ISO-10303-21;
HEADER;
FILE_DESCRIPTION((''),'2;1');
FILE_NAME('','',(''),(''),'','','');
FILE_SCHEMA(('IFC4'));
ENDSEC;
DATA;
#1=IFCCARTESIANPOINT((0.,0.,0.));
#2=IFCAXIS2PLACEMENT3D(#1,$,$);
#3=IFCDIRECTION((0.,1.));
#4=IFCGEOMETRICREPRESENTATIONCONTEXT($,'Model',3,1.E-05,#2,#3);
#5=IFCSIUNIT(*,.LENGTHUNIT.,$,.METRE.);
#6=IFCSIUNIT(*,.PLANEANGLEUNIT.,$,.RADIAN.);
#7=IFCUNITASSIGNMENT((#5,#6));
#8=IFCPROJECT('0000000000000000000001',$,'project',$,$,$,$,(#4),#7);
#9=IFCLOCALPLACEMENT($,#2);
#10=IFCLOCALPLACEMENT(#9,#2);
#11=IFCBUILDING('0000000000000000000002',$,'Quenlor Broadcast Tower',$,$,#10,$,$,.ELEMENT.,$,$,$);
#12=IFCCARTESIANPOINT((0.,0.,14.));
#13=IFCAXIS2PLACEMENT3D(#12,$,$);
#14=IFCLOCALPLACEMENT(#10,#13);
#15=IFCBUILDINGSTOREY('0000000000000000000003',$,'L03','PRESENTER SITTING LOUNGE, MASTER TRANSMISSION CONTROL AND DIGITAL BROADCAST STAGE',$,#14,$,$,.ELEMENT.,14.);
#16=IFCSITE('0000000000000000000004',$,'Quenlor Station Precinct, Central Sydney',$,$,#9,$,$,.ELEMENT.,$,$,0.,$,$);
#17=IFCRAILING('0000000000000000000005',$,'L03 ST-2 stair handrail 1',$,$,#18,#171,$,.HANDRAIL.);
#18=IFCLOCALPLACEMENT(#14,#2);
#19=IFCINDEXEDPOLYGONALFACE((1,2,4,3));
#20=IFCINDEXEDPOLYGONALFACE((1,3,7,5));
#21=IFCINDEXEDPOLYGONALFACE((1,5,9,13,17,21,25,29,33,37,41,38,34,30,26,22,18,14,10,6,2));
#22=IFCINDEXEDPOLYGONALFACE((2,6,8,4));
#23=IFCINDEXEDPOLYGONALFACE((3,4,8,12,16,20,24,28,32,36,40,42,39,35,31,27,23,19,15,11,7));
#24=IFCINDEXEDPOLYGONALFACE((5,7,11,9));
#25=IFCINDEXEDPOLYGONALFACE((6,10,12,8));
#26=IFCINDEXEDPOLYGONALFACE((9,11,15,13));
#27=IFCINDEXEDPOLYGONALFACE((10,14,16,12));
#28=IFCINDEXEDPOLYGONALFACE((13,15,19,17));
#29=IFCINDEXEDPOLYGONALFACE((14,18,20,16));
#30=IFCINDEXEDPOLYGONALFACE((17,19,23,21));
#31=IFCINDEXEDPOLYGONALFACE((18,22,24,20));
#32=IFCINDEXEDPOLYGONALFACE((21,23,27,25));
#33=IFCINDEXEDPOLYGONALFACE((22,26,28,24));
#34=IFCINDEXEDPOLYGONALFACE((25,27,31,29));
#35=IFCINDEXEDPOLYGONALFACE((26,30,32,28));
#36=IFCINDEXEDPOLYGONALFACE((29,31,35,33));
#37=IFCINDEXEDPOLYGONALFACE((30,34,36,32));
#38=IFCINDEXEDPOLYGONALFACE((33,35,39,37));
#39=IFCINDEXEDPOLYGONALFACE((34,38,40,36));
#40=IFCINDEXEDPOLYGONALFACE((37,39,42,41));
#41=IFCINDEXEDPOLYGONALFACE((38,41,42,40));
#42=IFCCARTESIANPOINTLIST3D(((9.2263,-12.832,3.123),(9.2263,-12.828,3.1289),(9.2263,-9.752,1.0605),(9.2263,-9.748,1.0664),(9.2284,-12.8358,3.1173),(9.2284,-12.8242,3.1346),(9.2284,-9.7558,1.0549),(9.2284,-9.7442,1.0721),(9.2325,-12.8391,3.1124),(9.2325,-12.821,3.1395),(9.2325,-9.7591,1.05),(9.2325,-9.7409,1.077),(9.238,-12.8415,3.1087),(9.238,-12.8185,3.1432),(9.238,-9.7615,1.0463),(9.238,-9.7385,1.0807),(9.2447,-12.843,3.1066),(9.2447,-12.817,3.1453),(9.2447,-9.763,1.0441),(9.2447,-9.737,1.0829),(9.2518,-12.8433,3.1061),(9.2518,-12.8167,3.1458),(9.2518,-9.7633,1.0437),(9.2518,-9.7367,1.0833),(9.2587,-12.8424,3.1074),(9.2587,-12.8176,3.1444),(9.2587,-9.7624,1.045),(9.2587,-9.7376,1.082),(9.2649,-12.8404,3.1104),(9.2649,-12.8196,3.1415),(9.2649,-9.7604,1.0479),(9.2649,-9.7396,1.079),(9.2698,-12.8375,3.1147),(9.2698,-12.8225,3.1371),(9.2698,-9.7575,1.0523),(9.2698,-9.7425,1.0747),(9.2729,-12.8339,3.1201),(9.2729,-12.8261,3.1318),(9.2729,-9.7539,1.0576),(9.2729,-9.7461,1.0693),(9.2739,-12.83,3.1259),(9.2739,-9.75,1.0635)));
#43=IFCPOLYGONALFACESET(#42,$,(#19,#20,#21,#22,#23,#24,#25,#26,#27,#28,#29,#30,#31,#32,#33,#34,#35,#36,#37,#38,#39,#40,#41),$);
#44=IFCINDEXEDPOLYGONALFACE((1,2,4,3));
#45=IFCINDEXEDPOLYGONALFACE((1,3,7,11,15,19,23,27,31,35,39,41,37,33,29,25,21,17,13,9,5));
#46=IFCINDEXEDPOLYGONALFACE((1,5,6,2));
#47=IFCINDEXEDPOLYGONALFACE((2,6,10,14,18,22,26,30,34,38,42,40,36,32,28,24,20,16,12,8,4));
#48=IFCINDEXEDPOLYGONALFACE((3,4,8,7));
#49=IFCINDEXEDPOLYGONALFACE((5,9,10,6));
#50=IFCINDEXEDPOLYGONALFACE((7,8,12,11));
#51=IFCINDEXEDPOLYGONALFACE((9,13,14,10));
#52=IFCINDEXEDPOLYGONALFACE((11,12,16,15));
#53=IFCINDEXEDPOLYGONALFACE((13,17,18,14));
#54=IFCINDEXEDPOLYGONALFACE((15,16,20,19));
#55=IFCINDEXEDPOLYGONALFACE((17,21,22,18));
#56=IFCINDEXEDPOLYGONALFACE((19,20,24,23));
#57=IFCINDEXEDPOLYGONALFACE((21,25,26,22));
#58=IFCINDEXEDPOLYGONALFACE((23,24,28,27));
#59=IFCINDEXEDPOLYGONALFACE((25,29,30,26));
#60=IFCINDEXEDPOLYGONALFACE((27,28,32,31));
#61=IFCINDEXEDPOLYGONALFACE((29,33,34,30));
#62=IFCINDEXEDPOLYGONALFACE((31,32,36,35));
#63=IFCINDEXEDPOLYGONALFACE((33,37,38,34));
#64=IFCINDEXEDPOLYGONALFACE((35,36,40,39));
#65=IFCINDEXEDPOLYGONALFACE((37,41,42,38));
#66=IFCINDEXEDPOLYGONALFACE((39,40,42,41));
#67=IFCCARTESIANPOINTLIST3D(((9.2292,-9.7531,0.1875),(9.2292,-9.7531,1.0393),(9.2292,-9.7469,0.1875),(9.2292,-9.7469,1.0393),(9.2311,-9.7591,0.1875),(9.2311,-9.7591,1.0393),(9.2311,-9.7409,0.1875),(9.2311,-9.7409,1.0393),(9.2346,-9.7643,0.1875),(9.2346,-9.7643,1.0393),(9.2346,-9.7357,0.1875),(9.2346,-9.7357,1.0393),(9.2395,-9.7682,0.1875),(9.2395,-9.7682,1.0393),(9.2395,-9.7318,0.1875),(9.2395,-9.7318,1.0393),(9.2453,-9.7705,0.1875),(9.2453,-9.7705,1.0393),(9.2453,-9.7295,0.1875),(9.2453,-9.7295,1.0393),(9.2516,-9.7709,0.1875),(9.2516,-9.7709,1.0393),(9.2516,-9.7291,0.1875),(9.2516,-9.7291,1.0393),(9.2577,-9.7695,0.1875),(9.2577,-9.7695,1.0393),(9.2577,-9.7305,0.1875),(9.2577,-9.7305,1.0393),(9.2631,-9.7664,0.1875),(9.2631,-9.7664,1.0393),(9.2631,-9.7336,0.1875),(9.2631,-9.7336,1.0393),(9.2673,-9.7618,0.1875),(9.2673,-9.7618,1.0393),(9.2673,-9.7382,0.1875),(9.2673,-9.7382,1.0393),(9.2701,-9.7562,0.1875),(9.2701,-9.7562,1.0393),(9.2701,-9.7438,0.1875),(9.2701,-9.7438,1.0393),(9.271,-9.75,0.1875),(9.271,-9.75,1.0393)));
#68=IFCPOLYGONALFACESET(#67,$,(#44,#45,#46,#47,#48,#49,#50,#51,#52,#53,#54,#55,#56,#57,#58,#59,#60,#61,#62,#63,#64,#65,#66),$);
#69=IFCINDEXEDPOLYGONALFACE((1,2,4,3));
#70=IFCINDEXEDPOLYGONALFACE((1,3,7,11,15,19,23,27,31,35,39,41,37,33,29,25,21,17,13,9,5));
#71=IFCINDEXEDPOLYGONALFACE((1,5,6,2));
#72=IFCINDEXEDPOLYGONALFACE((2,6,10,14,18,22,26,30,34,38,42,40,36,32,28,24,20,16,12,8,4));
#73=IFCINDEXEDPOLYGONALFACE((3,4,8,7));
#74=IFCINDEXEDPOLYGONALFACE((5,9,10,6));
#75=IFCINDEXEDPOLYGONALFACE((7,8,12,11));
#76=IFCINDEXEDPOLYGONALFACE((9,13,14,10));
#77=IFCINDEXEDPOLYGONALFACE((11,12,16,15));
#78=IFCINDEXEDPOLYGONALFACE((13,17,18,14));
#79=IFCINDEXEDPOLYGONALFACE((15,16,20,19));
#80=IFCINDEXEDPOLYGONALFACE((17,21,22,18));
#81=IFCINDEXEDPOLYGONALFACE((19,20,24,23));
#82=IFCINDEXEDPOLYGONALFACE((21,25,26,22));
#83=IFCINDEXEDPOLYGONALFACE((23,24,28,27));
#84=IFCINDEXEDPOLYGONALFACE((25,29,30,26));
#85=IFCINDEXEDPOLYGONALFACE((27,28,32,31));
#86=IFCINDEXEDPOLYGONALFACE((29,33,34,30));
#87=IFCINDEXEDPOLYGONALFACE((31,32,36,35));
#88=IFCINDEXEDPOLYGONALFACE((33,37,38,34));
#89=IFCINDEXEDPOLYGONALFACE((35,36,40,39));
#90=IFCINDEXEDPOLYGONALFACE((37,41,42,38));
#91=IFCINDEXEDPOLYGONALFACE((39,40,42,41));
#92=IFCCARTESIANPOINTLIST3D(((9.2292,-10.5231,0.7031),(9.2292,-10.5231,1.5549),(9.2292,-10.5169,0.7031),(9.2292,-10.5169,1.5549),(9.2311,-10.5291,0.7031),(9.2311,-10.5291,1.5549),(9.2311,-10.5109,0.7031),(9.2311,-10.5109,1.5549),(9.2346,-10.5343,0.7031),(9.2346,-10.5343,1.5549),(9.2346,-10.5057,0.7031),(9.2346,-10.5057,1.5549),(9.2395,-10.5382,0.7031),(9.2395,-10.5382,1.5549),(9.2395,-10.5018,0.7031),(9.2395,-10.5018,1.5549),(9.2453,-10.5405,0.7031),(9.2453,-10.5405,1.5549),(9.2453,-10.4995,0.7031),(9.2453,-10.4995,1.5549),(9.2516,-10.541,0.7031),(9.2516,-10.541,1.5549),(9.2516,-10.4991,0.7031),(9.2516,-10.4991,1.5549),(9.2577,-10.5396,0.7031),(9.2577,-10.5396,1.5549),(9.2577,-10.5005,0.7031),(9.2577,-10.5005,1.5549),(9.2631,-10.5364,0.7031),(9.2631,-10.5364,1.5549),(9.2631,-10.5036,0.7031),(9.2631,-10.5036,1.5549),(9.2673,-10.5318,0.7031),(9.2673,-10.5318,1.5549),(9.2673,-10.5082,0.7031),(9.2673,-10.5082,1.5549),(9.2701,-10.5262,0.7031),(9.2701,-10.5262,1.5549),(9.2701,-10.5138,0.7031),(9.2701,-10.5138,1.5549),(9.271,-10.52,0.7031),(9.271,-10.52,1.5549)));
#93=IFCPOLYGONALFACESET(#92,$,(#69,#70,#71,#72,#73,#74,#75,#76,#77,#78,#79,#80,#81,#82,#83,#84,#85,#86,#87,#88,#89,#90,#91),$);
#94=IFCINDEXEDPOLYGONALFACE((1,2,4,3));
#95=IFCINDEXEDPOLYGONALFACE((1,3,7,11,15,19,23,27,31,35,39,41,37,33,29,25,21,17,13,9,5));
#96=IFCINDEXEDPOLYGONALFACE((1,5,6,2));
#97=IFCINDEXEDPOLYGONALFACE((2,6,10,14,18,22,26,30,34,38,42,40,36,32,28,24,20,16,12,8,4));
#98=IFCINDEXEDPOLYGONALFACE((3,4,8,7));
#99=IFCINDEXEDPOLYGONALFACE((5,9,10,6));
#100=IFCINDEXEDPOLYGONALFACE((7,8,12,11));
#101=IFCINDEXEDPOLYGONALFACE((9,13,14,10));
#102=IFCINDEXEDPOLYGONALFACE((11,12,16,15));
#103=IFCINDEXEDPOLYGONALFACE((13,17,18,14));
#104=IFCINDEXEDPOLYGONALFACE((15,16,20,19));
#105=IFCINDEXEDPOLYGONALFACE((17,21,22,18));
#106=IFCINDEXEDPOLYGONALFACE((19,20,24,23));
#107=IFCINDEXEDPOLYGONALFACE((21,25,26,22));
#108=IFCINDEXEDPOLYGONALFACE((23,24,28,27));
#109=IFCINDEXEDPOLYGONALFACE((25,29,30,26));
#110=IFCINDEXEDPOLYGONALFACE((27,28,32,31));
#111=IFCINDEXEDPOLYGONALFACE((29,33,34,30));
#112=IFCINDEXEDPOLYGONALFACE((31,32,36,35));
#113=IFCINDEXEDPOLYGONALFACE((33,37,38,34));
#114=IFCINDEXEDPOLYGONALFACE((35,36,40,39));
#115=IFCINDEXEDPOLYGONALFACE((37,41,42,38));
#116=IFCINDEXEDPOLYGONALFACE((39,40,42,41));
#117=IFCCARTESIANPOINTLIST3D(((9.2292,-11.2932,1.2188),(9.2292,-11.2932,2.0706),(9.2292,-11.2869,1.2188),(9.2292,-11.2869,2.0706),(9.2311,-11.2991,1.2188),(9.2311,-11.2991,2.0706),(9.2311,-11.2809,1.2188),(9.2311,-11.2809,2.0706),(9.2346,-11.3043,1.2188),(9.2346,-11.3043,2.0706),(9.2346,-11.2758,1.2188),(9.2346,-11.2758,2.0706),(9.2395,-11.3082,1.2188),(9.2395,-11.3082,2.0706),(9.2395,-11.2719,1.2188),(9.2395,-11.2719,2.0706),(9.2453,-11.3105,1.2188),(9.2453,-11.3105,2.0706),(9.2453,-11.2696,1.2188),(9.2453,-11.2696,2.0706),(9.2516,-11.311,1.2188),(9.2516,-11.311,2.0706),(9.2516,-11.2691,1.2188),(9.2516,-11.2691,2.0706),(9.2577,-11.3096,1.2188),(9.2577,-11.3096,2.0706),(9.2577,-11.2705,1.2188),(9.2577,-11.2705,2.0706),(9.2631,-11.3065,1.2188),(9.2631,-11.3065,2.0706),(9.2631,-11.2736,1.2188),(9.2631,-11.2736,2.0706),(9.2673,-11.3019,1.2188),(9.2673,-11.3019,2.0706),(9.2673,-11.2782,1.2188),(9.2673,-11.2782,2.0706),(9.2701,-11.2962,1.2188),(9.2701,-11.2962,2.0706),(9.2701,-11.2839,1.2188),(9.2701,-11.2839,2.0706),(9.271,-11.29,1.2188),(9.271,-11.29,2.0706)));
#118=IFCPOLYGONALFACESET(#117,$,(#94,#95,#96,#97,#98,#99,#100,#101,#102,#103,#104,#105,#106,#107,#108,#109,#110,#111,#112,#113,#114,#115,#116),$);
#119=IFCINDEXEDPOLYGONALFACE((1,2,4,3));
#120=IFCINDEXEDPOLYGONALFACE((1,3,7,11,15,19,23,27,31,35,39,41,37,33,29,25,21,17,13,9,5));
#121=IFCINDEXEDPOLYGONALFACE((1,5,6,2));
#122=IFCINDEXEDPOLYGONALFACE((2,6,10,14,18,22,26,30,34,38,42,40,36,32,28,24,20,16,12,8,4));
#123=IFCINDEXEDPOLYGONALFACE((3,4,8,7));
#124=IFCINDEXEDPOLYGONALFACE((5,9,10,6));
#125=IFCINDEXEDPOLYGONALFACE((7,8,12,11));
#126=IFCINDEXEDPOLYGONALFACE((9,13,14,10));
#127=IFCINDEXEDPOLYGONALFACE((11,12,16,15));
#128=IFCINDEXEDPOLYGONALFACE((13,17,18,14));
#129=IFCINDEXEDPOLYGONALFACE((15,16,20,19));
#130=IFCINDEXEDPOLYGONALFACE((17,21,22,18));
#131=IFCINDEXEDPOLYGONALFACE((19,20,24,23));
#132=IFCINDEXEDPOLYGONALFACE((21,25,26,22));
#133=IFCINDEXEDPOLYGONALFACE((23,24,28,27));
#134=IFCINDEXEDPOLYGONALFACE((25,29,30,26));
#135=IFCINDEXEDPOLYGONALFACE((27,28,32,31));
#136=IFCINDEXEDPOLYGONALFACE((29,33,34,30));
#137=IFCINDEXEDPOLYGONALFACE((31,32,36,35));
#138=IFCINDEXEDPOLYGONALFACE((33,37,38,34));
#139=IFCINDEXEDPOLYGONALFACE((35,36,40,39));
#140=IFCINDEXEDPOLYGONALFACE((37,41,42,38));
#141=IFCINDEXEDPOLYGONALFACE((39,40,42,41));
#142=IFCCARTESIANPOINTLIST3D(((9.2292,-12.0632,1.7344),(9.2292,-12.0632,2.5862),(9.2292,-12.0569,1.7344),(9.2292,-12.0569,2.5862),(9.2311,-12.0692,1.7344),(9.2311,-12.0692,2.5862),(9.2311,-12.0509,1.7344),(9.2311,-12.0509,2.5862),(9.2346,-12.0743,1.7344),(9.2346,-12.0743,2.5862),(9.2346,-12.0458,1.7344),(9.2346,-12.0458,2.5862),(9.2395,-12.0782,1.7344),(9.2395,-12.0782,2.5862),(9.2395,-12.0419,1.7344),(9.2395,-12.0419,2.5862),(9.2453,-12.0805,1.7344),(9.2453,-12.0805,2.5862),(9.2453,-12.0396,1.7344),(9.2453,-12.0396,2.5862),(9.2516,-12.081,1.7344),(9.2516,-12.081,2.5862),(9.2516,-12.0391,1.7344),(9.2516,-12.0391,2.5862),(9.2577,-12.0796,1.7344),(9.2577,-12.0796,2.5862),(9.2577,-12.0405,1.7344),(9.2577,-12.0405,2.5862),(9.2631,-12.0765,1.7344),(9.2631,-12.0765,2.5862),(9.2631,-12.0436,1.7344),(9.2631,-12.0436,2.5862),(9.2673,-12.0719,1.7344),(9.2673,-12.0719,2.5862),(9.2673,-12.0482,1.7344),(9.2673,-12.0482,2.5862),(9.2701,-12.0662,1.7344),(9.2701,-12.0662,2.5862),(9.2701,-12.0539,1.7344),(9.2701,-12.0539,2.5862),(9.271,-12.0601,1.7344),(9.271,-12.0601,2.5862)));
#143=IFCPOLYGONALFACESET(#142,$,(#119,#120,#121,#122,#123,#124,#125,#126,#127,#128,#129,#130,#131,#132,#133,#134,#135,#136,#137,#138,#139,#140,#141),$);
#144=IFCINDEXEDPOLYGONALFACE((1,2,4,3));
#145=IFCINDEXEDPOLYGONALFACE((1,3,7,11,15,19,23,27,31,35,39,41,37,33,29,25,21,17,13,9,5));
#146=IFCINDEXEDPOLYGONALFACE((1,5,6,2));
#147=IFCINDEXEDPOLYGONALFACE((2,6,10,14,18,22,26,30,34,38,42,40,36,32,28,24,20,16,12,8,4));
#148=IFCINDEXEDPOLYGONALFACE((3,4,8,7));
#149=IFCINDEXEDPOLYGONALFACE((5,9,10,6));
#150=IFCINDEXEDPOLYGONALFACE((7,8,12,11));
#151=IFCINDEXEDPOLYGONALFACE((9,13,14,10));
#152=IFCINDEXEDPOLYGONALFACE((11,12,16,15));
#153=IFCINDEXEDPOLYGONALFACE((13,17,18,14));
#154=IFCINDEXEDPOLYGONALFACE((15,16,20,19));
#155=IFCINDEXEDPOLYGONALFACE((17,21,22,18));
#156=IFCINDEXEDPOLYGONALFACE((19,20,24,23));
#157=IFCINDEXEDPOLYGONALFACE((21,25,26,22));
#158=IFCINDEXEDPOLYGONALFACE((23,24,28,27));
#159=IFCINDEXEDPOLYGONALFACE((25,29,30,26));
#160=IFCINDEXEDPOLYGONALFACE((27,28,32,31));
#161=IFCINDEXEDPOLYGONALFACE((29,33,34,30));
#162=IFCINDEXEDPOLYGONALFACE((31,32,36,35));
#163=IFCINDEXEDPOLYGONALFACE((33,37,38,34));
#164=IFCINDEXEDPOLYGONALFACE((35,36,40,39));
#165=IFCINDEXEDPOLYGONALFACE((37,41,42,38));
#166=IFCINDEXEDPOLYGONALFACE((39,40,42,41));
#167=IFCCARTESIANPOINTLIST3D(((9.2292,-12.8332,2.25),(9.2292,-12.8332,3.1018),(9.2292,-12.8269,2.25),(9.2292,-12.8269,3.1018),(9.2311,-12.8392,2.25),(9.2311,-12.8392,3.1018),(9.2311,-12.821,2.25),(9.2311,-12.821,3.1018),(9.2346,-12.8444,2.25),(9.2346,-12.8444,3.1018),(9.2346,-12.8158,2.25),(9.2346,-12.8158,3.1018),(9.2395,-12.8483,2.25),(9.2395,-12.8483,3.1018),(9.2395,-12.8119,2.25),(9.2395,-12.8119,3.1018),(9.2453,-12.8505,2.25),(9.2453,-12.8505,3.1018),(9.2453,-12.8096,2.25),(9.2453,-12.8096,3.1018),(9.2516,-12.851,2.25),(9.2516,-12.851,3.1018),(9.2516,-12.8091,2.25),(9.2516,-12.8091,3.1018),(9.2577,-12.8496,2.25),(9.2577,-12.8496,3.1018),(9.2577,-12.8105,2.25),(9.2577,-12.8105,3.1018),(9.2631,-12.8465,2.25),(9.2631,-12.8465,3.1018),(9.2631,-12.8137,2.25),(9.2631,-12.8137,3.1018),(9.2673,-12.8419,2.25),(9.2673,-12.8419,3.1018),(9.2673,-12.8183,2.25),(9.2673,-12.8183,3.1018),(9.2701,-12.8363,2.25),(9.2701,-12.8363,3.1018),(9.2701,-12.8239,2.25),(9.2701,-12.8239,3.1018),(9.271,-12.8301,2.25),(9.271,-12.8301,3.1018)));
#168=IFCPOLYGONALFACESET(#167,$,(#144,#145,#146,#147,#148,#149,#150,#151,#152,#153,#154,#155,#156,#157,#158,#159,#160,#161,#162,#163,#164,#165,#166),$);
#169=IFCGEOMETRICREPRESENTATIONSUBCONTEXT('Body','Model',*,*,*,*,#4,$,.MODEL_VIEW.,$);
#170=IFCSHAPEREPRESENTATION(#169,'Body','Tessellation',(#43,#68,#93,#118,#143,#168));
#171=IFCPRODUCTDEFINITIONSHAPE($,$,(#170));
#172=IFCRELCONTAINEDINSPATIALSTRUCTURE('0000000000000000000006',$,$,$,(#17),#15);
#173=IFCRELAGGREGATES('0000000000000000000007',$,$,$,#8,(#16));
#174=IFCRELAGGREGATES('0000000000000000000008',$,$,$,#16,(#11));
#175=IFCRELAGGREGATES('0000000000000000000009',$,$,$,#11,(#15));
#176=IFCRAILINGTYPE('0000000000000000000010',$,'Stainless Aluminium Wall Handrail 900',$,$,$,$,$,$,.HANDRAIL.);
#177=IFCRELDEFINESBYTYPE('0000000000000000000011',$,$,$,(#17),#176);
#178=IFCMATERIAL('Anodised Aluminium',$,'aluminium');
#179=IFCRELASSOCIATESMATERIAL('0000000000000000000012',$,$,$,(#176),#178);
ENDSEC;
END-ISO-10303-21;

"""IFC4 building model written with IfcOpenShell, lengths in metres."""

from ifc_helpers import new_model, si_unit, direction, frame, origin, origin_2d, place, context, subcontext, project, spatial, circle, extrude, material, type_object, element, save


model = new_model("IFC4")

# Units and contexts
model_context = context("Model", 3, precision=1e-05, world=origin(), true_north=direction((0.0, 1.0)))
body_context = subcontext(model_context, "Body", "Model", "MODEL_VIEW")
ifc_project = project(units=[si_unit("LENGTHUNIT", "METRE"), si_unit("PLANEANGLEUNIT", "RADIAN")], contexts=[model_context])

# Site, building, storey
site_placement = place(None, origin())
site = spatial("IfcSite", under=ifc_project, at=site_placement, Name="Quenlor Station Precinct, Central Sydney", CompositionType="ELEMENT", RefElevation=0.0)
building_placement = place(site_placement, origin())
building = spatial("IfcBuilding", under=site, at=building_placement, Name="Quenlor Broadcast Tower", CompositionType="ELEMENT")
storey_placement = place(building_placement, frame((0.0, 0.0, 14.0)))
storey = spatial("IfcBuildingStorey", under=building, at=storey_placement, Name="L03", Description="PRESENTER SITTING LOUNGE, MASTER TRANSMISSION CONTROL AND DIGITAL BROADCAST STAGE", CompositionType="ELEMENT", Elevation=14.0)

# Railing
ifc_material_1 = material(Name="Anodised Aluminium", Category="aluminium")
railing_type_1 = type_object("IfcRailingType", Name="Stainless Aluminium Wall Handrail 900", PredefinedType="HANDRAIL", material=ifc_material_1)
railing_1_placement = place(storey_placement, frame((9.25, -9.75, 0.1875)))
element("IfcRailing", 1, at=railing_1_placement, inside=storey, type_object=railing_type_1, Name="L03 ST-2 stair handrail 1", PredefinedType="HANDRAIL", context=body_context, shape_type="SweptSolid", body=[
    extrude(circle(Radius=0.0239, at=origin_2d()), frame((0.0, 0.0, 0.876), z_axis=(0.0, -0.830914, 0.556401), x_axis=(1.0, 0.0, 0.0)), (0.0, 0.0, 1.0), 3.7068),
    extrude(circle(Radius=0.021, at=origin_2d()), origin(), (0.0, 0.0, 1.0), 0.8518),
    extrude(circle(Radius=0.021, at=origin_2d()), frame((0.0, -0.77, 0.5156)), (0.0, 0.0, 1.0), 0.8518),
    extrude(circle(Radius=0.021, at=origin_2d()), frame((0.0, -1.54, 1.0312)), (0.0, 0.0, 1.0), 0.8518),
    extrude(circle(Radius=0.021, at=origin_2d()), frame((0.0, -2.3101, 1.5469)), (0.0, 0.0, 1.0), 0.8518),
    extrude(circle(Radius=0.021, at=origin_2d()), frame((0.0, -3.0801, 2.0625)), (0.0, 0.0, 1.0), 0.8518),
])

save(model, "model.ifc")
